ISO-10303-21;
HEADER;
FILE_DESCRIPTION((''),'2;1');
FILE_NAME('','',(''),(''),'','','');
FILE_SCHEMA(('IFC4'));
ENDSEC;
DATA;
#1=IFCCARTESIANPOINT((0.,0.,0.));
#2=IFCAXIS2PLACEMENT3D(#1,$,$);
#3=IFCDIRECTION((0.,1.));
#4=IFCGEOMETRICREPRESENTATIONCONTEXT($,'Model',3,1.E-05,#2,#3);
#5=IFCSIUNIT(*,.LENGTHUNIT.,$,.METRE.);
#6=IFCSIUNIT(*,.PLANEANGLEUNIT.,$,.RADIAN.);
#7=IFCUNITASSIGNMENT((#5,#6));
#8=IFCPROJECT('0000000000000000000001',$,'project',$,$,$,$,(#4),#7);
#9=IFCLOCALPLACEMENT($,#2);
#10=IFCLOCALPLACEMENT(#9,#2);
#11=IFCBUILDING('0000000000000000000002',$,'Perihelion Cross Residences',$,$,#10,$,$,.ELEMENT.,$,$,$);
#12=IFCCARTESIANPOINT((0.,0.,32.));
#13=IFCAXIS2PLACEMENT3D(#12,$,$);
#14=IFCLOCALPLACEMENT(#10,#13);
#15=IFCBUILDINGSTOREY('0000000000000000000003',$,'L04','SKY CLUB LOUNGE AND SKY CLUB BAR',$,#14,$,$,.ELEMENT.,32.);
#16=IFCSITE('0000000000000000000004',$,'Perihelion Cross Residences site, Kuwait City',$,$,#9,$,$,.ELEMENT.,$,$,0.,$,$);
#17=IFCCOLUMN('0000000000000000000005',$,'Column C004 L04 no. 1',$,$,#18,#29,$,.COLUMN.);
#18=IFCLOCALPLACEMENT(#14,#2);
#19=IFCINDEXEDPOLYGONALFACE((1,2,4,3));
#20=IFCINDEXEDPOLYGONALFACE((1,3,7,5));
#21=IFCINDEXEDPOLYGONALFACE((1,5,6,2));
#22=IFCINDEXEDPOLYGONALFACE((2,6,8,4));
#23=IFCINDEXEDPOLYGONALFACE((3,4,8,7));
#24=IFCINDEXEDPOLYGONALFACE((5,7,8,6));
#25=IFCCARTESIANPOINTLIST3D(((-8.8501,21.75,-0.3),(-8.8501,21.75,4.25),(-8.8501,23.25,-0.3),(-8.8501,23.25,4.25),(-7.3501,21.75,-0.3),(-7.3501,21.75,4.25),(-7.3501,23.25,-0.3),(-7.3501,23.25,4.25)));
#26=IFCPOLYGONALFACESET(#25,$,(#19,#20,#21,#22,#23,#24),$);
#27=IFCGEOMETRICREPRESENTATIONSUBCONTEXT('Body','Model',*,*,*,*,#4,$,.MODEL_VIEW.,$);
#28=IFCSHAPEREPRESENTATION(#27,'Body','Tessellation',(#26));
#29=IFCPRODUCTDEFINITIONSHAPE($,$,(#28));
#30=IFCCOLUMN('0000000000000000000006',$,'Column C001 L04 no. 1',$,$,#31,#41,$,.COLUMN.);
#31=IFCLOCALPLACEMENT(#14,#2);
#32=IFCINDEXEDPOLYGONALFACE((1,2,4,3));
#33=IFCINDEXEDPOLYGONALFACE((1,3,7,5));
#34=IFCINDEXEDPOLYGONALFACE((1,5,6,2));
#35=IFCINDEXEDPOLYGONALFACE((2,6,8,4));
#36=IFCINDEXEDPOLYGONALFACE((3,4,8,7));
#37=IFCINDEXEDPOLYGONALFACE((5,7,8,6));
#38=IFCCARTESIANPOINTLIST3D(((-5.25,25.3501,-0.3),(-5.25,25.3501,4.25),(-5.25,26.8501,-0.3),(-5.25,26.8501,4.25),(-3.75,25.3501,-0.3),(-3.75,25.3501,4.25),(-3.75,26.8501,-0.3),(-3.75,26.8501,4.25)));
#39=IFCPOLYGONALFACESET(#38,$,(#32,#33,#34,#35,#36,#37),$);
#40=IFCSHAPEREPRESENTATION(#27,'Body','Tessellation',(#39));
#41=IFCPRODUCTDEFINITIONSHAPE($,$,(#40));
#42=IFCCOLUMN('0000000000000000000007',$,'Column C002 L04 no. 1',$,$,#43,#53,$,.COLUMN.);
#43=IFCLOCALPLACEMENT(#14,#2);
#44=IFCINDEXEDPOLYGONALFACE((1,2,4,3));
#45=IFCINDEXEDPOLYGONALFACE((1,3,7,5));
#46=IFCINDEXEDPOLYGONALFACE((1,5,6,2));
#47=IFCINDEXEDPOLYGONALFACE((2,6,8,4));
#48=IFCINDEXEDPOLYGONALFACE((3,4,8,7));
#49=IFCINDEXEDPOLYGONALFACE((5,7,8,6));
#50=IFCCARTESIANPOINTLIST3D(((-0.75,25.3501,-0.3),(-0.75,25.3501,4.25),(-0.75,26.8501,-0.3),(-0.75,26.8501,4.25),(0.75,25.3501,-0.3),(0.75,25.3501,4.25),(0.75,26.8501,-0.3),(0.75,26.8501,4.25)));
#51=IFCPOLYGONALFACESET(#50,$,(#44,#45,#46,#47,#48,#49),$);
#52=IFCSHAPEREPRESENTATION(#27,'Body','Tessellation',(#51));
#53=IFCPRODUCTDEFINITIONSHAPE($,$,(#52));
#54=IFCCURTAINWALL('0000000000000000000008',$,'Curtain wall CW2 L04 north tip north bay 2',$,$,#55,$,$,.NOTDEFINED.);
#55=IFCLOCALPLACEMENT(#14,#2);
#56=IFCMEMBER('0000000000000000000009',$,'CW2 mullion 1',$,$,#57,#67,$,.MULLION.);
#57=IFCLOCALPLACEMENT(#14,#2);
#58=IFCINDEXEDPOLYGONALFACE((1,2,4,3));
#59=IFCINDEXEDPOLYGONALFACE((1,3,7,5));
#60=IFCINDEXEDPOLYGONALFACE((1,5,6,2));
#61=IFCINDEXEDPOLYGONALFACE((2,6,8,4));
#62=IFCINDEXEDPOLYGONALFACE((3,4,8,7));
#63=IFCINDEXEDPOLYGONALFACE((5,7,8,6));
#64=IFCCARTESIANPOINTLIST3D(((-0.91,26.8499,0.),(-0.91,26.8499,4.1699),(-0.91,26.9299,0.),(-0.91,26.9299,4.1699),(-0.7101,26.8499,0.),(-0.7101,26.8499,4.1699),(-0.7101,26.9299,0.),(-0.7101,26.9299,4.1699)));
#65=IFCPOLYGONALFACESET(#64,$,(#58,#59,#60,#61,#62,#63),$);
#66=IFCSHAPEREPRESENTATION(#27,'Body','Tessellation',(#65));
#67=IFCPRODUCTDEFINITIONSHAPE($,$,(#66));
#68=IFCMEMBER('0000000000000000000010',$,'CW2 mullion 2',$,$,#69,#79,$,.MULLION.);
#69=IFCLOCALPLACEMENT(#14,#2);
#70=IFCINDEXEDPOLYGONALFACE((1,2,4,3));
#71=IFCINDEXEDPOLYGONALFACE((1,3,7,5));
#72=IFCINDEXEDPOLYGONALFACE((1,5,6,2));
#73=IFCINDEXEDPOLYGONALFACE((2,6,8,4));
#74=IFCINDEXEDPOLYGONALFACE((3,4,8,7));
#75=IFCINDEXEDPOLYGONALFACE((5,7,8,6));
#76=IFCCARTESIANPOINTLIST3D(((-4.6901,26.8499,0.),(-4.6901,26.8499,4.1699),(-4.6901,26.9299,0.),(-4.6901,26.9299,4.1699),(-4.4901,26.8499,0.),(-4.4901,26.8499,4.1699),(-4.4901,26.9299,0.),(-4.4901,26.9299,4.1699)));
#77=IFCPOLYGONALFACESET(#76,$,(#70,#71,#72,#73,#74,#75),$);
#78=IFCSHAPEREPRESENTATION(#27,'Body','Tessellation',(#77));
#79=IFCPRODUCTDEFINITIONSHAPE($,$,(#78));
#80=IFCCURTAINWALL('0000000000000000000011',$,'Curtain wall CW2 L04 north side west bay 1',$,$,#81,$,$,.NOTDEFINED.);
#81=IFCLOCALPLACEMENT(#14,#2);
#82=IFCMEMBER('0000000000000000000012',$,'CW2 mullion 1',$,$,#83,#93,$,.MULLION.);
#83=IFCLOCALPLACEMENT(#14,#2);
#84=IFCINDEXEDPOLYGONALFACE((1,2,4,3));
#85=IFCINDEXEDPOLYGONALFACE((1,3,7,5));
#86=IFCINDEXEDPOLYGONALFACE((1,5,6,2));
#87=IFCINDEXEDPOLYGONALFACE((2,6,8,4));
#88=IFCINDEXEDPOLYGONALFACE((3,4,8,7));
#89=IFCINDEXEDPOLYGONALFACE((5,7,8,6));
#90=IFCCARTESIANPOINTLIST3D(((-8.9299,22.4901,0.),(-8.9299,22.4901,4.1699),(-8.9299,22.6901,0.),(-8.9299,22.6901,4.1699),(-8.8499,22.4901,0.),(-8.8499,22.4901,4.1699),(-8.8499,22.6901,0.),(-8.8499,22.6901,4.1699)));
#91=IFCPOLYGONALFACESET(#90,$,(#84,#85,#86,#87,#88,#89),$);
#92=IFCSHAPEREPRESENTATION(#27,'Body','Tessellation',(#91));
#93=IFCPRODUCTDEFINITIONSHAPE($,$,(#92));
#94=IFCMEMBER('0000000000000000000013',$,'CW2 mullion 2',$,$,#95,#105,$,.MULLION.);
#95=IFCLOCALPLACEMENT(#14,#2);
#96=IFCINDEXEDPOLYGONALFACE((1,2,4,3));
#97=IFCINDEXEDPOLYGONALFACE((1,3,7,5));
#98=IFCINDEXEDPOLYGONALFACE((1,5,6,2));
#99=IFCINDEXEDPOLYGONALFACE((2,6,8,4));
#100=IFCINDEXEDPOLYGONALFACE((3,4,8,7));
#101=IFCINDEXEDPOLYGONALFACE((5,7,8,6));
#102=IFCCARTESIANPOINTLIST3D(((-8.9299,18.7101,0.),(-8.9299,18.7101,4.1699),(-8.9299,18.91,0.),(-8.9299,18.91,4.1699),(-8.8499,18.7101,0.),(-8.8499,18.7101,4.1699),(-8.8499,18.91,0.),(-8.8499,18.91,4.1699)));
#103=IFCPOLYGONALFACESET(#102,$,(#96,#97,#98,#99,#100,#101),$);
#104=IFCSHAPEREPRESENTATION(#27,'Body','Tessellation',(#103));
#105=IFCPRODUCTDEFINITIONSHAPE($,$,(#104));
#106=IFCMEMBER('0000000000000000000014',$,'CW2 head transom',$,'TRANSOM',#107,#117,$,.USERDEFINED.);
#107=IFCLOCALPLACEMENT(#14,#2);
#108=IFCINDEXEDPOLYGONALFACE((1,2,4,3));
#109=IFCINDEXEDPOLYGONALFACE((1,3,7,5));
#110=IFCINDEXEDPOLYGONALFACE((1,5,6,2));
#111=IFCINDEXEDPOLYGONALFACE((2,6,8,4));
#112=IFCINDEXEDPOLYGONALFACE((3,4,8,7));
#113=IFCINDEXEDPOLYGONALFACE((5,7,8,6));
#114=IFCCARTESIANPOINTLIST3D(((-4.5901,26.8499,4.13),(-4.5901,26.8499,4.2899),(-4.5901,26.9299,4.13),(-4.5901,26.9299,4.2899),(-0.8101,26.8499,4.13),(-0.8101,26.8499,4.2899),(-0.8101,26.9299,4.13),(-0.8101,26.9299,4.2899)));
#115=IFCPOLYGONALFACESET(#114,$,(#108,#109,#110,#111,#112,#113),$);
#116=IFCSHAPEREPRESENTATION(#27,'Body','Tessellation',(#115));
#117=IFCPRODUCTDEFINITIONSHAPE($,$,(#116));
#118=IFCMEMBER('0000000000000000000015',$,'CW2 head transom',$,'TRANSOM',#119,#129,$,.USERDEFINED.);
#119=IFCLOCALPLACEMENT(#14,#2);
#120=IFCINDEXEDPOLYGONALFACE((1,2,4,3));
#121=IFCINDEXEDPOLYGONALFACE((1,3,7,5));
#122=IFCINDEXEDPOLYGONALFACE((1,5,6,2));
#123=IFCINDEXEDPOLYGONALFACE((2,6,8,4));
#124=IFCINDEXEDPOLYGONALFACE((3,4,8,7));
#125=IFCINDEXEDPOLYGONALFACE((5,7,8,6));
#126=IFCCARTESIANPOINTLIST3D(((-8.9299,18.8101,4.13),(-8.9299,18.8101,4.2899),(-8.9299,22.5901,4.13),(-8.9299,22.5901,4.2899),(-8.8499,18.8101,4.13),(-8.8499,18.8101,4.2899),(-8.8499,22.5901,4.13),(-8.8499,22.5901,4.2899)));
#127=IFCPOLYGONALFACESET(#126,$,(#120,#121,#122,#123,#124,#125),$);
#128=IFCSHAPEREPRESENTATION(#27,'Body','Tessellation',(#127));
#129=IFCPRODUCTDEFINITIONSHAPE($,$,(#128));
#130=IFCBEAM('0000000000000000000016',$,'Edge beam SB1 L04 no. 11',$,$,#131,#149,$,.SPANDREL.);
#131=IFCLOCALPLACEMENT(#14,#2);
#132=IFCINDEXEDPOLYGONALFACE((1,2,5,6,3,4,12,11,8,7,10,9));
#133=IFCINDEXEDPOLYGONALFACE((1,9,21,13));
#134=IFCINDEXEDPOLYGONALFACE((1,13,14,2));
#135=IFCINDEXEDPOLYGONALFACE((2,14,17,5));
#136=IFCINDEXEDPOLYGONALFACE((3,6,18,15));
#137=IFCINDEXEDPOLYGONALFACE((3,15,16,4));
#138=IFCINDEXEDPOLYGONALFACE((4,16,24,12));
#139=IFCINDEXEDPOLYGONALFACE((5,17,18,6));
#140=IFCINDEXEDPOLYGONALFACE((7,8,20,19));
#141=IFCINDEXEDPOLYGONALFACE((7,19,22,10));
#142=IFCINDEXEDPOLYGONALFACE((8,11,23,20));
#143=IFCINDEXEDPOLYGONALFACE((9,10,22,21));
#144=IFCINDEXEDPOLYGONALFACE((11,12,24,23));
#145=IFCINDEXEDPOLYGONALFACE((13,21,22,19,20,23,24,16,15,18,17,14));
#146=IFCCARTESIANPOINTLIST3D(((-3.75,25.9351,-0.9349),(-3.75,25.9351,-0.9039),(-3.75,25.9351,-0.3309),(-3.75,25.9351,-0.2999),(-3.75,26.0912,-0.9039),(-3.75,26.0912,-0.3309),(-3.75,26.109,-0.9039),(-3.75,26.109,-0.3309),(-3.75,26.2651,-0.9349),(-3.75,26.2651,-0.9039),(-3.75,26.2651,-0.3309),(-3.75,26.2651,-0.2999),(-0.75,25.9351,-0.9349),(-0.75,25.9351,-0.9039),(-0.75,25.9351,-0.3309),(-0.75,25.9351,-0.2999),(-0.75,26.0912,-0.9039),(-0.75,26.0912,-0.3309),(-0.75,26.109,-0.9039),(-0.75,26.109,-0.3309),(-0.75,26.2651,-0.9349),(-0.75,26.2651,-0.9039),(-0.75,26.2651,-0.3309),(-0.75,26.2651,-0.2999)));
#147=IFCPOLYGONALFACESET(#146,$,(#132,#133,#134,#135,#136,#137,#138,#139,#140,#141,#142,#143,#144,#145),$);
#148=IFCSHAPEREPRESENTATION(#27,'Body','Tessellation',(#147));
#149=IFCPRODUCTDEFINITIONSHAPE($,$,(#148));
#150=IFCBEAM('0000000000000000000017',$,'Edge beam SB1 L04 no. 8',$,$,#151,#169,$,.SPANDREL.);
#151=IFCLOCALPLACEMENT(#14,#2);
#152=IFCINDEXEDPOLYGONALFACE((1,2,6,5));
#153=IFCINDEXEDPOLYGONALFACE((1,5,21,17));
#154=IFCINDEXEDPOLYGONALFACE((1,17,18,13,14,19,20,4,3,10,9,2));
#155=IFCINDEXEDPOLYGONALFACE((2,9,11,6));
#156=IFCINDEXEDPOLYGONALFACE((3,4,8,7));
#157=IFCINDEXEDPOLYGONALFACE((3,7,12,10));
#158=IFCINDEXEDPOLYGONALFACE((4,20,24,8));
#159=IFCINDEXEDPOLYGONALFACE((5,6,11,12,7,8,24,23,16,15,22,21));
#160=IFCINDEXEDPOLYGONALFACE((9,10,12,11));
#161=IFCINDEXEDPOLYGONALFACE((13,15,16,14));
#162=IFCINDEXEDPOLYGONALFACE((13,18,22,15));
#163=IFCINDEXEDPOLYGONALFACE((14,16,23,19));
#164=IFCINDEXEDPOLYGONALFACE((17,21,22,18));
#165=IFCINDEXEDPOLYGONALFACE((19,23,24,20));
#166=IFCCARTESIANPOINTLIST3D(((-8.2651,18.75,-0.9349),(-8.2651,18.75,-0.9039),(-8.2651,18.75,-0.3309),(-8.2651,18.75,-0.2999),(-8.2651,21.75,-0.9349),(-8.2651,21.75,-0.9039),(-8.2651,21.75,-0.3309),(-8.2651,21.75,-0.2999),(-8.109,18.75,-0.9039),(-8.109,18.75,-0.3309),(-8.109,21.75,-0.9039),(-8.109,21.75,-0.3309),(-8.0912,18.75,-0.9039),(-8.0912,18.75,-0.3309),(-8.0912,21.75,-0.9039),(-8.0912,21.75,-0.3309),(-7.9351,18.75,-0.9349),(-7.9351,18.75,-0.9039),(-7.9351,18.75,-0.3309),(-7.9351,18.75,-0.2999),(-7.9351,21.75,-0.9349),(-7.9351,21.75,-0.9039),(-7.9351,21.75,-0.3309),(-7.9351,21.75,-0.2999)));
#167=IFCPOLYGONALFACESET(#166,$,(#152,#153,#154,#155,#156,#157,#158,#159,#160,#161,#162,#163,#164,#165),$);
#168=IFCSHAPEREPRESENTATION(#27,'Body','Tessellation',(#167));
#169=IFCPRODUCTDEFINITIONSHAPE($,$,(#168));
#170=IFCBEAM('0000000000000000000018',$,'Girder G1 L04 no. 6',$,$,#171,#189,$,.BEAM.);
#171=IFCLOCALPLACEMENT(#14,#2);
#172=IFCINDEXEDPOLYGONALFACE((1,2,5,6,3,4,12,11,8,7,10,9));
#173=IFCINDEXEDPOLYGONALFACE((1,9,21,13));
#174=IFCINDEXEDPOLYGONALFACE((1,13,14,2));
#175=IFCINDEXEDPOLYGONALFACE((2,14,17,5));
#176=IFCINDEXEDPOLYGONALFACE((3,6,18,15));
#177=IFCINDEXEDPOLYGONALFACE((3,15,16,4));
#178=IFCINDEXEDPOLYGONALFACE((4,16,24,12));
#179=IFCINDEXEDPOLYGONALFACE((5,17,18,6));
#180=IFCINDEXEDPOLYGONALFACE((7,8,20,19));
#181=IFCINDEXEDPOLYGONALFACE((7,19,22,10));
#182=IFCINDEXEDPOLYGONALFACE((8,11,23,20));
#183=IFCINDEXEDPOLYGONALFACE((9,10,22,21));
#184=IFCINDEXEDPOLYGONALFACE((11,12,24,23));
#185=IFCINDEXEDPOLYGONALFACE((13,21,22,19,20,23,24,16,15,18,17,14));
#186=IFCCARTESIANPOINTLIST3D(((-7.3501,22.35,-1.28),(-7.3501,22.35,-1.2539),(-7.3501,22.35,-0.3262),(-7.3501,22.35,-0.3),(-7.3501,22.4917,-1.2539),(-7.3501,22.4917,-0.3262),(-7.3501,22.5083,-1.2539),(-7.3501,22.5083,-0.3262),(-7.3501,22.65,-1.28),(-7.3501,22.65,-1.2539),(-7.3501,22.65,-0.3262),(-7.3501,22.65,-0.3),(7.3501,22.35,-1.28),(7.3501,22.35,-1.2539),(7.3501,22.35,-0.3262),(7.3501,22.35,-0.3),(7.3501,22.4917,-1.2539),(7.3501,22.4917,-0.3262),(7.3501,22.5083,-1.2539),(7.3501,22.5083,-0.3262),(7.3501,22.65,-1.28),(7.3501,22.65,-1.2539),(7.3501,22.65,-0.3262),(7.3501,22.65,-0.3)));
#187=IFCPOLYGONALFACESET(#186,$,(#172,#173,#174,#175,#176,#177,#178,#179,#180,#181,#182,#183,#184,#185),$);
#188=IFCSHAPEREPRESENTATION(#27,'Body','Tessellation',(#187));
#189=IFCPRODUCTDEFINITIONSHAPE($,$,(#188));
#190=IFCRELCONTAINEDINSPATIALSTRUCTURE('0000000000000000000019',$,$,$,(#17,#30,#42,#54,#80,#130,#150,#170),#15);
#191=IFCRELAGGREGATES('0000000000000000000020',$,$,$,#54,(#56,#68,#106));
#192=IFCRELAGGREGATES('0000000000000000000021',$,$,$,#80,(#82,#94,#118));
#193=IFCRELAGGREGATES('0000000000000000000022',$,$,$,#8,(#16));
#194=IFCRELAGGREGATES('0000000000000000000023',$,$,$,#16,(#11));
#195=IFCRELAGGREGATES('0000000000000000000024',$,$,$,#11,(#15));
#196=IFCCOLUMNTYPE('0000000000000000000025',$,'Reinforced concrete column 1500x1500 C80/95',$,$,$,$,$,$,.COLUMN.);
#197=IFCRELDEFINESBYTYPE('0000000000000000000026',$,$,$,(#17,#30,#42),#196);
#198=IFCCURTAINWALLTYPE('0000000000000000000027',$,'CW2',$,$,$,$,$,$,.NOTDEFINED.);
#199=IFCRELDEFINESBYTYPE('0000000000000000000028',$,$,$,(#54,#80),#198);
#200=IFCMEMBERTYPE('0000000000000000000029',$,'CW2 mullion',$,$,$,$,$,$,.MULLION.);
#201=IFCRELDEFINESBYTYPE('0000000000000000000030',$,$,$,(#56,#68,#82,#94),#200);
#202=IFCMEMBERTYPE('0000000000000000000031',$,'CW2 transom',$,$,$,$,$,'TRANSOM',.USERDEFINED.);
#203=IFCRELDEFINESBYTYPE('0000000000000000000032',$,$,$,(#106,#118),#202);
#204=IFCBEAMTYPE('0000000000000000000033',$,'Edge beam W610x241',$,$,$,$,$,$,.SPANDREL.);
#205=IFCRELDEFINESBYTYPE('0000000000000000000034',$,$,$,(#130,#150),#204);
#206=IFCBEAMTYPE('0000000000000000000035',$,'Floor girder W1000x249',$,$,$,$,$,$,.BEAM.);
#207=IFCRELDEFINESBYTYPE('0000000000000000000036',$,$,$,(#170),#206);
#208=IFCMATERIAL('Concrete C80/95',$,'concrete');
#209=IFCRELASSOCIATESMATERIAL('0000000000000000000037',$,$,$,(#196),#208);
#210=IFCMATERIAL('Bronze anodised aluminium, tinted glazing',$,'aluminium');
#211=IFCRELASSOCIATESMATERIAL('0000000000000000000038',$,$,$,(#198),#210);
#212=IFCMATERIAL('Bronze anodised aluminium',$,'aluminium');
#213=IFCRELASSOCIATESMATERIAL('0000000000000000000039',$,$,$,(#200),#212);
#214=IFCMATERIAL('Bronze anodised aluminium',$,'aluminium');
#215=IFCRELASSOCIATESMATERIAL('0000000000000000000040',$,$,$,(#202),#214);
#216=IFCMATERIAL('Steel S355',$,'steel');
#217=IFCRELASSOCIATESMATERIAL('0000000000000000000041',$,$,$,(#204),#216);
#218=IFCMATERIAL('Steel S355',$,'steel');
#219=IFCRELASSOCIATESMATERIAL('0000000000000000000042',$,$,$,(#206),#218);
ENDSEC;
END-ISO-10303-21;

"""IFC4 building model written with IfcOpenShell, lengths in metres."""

from ifc_helpers import new_model, si_unit, direction, frame, origin, origin_2d, place, context, subcontext, project, spatial, rectangle, i_section, extrude, material, material_profile, profile_set, type_object, element, aggregate, save


model = new_model("IFC4")

# Units and contexts
model_context = context("Model", 3, precision=1e-05, world=origin(), true_north=direction((0.0, 1.0)))
body_context = subcontext(model_context, "Body", "Model", "MODEL_VIEW")
ifc_project = project(units=[si_unit("LENGTHUNIT", "METRE"), si_unit("PLANEANGLEUNIT", "RADIAN")], contexts=[model_context])

# Site, building, storey
site_placement = place(None, origin())
site = spatial("IfcSite", under=ifc_project, at=site_placement, Name="Perihelion Cross Residences site, Kuwait City", CompositionType="ELEMENT", RefElevation=0.0)
building_placement = place(site_placement, origin())
building = spatial("IfcBuilding", under=site, at=building_placement, Name="Perihelion Cross Residences", CompositionType="ELEMENT")
storey_placement = place(building_placement, frame((0.0, 0.0, 32.0)))
storey = spatial("IfcBuildingStorey", under=building, at=storey_placement, Name="L04", Description="SKY CLUB LOUNGE AND SKY CLUB BAR", CompositionType="ELEMENT", Elevation=32.0)

# Columns
ifc_material_1 = material(Name="Concrete C80/95", Category="concrete")
ifc_material_profile_1 = material_profile(ifc_material_1, rectangle(XDim=1.5, YDim=1.5, at=origin_2d()), Name="RC 1500x1500")
ifc_profile_set_1 = profile_set([ifc_material_profile_1], Name="Concrete C80/95")
column_type = type_object("IfcColumnType", Name="Reinforced concrete column 1500x1500 C80/95", PredefinedType="COLUMN", material=ifc_profile_set_1)
for number, where, z_axis, x_axis, name in (
    (1, (-8.1001, 22.5, -0.3), (0.0, 0.0, 1.0), (1.0, 0.0, 0.0), "Column C004 L04 no. 1"),
    (2, (-4.5, 26.1001, -0.3), (0.0, 0.0, 1.0), (1.0, 0.0, 0.0), "Column C001 L04 no. 1"),
    (3, (0.0, 26.1001, -0.3), (0.0, 0.0, 1.0), (1.0, 0.0, 0.0), "Column C002 L04 no. 1"),
):
    element("IfcColumn", number, at=place(storey_placement, frame(where, z_axis=z_axis, x_axis=x_axis)), inside=storey, type_object=column_type, Name=name, PredefinedType="COLUMN", context=body_context, shape_type="SweptSolid", body=[
        extrude(rectangle(XDim=1.5, YDim=1.5, at=origin_2d()), origin(), (0.0, 0.0, 1.0), 4.55),
    ])

# Curtain walls, members
ifc_material_2 = material(Name="Bronze anodised aluminium, tinted glazing", Category="aluminium")
curtain_wall_type = type_object("IfcCurtainWallType", Name="CW2", PredefinedType="NOTDEFINED", material=ifc_material_2)
curtain_wall_1_placement = place(storey_placement, origin())
curtain_wall_1 = element("IfcCurtainWall", 4, at=curtain_wall_1_placement, inside=storey, type_object=curtain_wall_type, Name="Curtain wall CW2 L04 north tip north bay 2", PredefinedType="NOTDEFINED")
ifc_material_3 = material(Name="Bronze anodised aluminium", Category="aluminium")
ifc_material_profile_2 = material_profile(ifc_material_3, rectangle(XDim=0.0801, YDim=0.2, at=origin_2d()), Name="CW2 mullion")
ifc_profile_set_2 = profile_set([ifc_material_profile_2], Name="Bronze anodised aluminium")
member_type_1 = type_object("IfcMemberType", Name="CW2 mullion", PredefinedType="MULLION", material=ifc_profile_set_2)
member_1_placement = place(storey_placement, frame((-0.8101, 26.8899, 0.0), z_axis=(0.0, 0.0, 1.0), x_axis=(0.0, -1.0, 0.0)))
member_1 = element("IfcMember", 5, at=member_1_placement, type_object=member_type_1, Name="CW2 mullion 1", PredefinedType="MULLION", context=body_context, shape_type="SweptSolid", body=[
    extrude(rectangle(XDim=0.0801, YDim=0.2, at=origin_2d()), origin(), (0.0, 0.0, 1.0), 4.1699),
])
member_2_placement = place(storey_placement, frame((-4.5901, 26.8899, 0.0), z_axis=(0.0, 0.0, 1.0), x_axis=(0.0, -1.0, 0.0)))
member_2 = element("IfcMember", 6, at=member_2_placement, type_object=member_type_1, Name="CW2 mullion 2", PredefinedType="MULLION", context=body_context, shape_type="SweptSolid", body=[
    extrude(rectangle(XDim=0.0801, YDim=0.2, at=origin_2d()), origin(), (0.0, 0.0, 1.0), 4.1699),
])
curtain_wall_2_placement = place(storey_placement, origin())
curtain_wall_2 = element("IfcCurtainWall", 7, at=curtain_wall_2_placement, inside=storey, type_object=curtain_wall_type, Name="Curtain wall CW2 L04 north side west bay 1", PredefinedType="NOTDEFINED")
member_3_placement = place(storey_placement, frame((-8.8899, 22.5901, 0.0), z_axis=(0.0, 0.0, 1.0), x_axis=(1.0, 0.0, 0.0)))
member_3 = element("IfcMember", 8, at=member_3_placement, type_object=member_type_1, Name="CW2 mullion 1", PredefinedType="MULLION", context=body_context, shape_type="SweptSolid", body=[
    extrude(rectangle(XDim=0.0801, YDim=0.2, at=origin_2d()), origin(), (0.0, 0.0, 1.0), 4.1699),
])
member_4_placement = place(storey_placement, frame((-8.8899, 18.8101, 0.0), z_axis=(0.0, 0.0, 1.0), x_axis=(1.0, 0.0, 0.0)))
member_4 = element("IfcMember", 9, at=member_4_placement, type_object=member_type_1, Name="CW2 mullion 2", PredefinedType="MULLION", context=body_context, shape_type="SweptSolid", body=[
    extrude(rectangle(XDim=0.0801, YDim=0.2, at=origin_2d()), origin(), (0.0, 0.0, 1.0), 4.1699),
])

# Members
ifc_material_4 = material(Name="Bronze anodised aluminium", Category="aluminium")
ifc_material_profile_3 = material_profile(ifc_material_4, rectangle(XDim=0.0801, YDim=0.1599, at=origin_2d()), Name="CW2 transom")
ifc_profile_set_3 = profile_set([ifc_material_profile_3], Name="Bronze anodised aluminium")
member_type_2 = type_object("IfcMemberType", Name="CW2 transom", ElementType="TRANSOM", PredefinedType="USERDEFINED", material=ifc_profile_set_3)
member_5_placement = place(storey_placement, frame((-0.8101, 26.8899, 4.21), z_axis=(-1.0, 0.0, 0.0), x_axis=(0.0, -1.0, 0.0)))
member_5 = element("IfcMember", 10, at=member_5_placement, type_object=member_type_2, Name="CW2 head transom", ObjectType="TRANSOM", PredefinedType="USERDEFINED", context=body_context, shape_type="SweptSolid", body=[
    extrude(rectangle(XDim=0.0801, YDim=0.1599, at=origin_2d()), origin(), (0.0, 0.0, 1.0), 3.78),
])
member_6_placement = place(storey_placement, frame((-8.8899, 22.5901, 4.21), z_axis=(0.0, -1.0, 0.0), x_axis=(1.0, 0.0, 0.0)))
member_6 = element("IfcMember", 11, at=member_6_placement, type_object=member_type_2, Name="CW2 head transom", ObjectType="TRANSOM", PredefinedType="USERDEFINED", context=body_context, shape_type="SweptSolid", body=[
    extrude(rectangle(XDim=0.0801, YDim=0.1599, at=origin_2d()), origin(), (0.0, 0.0, 1.0), 3.78),
])

# Beams
ifc_material_5 = material(Name="Steel S355", Category="steel")
ifc_material_profile_4 = material_profile(ifc_material_5, i_section(OverallWidth=0.3301, OverallDepth=0.635, WebThickness=0.0178, FlangeThickness=0.031, at=origin_2d()), Name="W610x241")
ifc_profile_set_4 = profile_set([ifc_material_profile_4], Name="Steel S355")
beam_type_1 = type_object("IfcBeamType", Name="Edge beam W610x241", PredefinedType="SPANDREL", material=ifc_profile_set_4)
for number, where, z_axis, x_axis, name in (
    (12, (-0.75, 26.1001, -0.6174), (-1.0, 0.0, 0.0), (0.0, -1.0, 0.0), "Edge beam SB1 L04 no. 11"),
    (13, (-8.1001, 21.75, -0.6174), (0.0, -1.0, 0.0), (1.0, 0.0, 0.0), "Edge beam SB1 L04 no. 8"),
):
    element("IfcBeam", number, at=place(storey_placement, frame(where, z_axis=z_axis, x_axis=x_axis)), inside=storey, type_object=beam_type_1, Name=name, PredefinedType="SPANDREL", context=body_context, shape_type="SweptSolid", body=[
        extrude(i_section(OverallWidth=0.3301, OverallDepth=0.635, WebThickness=0.0178, FlangeThickness=0.031, at=origin_2d()), origin(), (0.0, 0.0, 1.0), 3.0),
    ])
ifc_material_6 = material(Name="Steel S355", Category="steel")
ifc_material_profile_5 = material_profile(ifc_material_6, i_section(OverallWidth=0.3, OverallDepth=0.98, WebThickness=0.0166, FlangeThickness=0.0261, at=origin_2d()), Name="W1000x249")
ifc_profile_set_5 = profile_set([ifc_material_profile_5], Name="Steel S355")
beam_type_2 = type_object("IfcBeamType", Name="Floor girder W1000x249", PredefinedType="BEAM", material=ifc_profile_set_5)
beam_1_placement = place(storey_placement, frame((-7.3501, 22.5, -0.79), z_axis=(1.0, 0.0, 0.0), x_axis=(0.0, 1.0, 0.0)))
element("IfcBeam", 14, at=beam_1_placement, inside=storey, type_object=beam_type_2, Name="Girder G1 L04 no. 6", PredefinedType="BEAM", context=body_context, shape_type="SweptSolid", body=[
    extrude(i_section(OverallWidth=0.3, OverallDepth=0.98, WebThickness=0.0166, FlangeThickness=0.0261, at=origin_2d()), origin(), (0.0, 0.0, 1.0), 14.7002),
])

aggregate(curtain_wall_1, [member_1, member_2, member_5])
aggregate(curtain_wall_2, [member_3, member_4, member_6])

save(model, "model.ifc")
